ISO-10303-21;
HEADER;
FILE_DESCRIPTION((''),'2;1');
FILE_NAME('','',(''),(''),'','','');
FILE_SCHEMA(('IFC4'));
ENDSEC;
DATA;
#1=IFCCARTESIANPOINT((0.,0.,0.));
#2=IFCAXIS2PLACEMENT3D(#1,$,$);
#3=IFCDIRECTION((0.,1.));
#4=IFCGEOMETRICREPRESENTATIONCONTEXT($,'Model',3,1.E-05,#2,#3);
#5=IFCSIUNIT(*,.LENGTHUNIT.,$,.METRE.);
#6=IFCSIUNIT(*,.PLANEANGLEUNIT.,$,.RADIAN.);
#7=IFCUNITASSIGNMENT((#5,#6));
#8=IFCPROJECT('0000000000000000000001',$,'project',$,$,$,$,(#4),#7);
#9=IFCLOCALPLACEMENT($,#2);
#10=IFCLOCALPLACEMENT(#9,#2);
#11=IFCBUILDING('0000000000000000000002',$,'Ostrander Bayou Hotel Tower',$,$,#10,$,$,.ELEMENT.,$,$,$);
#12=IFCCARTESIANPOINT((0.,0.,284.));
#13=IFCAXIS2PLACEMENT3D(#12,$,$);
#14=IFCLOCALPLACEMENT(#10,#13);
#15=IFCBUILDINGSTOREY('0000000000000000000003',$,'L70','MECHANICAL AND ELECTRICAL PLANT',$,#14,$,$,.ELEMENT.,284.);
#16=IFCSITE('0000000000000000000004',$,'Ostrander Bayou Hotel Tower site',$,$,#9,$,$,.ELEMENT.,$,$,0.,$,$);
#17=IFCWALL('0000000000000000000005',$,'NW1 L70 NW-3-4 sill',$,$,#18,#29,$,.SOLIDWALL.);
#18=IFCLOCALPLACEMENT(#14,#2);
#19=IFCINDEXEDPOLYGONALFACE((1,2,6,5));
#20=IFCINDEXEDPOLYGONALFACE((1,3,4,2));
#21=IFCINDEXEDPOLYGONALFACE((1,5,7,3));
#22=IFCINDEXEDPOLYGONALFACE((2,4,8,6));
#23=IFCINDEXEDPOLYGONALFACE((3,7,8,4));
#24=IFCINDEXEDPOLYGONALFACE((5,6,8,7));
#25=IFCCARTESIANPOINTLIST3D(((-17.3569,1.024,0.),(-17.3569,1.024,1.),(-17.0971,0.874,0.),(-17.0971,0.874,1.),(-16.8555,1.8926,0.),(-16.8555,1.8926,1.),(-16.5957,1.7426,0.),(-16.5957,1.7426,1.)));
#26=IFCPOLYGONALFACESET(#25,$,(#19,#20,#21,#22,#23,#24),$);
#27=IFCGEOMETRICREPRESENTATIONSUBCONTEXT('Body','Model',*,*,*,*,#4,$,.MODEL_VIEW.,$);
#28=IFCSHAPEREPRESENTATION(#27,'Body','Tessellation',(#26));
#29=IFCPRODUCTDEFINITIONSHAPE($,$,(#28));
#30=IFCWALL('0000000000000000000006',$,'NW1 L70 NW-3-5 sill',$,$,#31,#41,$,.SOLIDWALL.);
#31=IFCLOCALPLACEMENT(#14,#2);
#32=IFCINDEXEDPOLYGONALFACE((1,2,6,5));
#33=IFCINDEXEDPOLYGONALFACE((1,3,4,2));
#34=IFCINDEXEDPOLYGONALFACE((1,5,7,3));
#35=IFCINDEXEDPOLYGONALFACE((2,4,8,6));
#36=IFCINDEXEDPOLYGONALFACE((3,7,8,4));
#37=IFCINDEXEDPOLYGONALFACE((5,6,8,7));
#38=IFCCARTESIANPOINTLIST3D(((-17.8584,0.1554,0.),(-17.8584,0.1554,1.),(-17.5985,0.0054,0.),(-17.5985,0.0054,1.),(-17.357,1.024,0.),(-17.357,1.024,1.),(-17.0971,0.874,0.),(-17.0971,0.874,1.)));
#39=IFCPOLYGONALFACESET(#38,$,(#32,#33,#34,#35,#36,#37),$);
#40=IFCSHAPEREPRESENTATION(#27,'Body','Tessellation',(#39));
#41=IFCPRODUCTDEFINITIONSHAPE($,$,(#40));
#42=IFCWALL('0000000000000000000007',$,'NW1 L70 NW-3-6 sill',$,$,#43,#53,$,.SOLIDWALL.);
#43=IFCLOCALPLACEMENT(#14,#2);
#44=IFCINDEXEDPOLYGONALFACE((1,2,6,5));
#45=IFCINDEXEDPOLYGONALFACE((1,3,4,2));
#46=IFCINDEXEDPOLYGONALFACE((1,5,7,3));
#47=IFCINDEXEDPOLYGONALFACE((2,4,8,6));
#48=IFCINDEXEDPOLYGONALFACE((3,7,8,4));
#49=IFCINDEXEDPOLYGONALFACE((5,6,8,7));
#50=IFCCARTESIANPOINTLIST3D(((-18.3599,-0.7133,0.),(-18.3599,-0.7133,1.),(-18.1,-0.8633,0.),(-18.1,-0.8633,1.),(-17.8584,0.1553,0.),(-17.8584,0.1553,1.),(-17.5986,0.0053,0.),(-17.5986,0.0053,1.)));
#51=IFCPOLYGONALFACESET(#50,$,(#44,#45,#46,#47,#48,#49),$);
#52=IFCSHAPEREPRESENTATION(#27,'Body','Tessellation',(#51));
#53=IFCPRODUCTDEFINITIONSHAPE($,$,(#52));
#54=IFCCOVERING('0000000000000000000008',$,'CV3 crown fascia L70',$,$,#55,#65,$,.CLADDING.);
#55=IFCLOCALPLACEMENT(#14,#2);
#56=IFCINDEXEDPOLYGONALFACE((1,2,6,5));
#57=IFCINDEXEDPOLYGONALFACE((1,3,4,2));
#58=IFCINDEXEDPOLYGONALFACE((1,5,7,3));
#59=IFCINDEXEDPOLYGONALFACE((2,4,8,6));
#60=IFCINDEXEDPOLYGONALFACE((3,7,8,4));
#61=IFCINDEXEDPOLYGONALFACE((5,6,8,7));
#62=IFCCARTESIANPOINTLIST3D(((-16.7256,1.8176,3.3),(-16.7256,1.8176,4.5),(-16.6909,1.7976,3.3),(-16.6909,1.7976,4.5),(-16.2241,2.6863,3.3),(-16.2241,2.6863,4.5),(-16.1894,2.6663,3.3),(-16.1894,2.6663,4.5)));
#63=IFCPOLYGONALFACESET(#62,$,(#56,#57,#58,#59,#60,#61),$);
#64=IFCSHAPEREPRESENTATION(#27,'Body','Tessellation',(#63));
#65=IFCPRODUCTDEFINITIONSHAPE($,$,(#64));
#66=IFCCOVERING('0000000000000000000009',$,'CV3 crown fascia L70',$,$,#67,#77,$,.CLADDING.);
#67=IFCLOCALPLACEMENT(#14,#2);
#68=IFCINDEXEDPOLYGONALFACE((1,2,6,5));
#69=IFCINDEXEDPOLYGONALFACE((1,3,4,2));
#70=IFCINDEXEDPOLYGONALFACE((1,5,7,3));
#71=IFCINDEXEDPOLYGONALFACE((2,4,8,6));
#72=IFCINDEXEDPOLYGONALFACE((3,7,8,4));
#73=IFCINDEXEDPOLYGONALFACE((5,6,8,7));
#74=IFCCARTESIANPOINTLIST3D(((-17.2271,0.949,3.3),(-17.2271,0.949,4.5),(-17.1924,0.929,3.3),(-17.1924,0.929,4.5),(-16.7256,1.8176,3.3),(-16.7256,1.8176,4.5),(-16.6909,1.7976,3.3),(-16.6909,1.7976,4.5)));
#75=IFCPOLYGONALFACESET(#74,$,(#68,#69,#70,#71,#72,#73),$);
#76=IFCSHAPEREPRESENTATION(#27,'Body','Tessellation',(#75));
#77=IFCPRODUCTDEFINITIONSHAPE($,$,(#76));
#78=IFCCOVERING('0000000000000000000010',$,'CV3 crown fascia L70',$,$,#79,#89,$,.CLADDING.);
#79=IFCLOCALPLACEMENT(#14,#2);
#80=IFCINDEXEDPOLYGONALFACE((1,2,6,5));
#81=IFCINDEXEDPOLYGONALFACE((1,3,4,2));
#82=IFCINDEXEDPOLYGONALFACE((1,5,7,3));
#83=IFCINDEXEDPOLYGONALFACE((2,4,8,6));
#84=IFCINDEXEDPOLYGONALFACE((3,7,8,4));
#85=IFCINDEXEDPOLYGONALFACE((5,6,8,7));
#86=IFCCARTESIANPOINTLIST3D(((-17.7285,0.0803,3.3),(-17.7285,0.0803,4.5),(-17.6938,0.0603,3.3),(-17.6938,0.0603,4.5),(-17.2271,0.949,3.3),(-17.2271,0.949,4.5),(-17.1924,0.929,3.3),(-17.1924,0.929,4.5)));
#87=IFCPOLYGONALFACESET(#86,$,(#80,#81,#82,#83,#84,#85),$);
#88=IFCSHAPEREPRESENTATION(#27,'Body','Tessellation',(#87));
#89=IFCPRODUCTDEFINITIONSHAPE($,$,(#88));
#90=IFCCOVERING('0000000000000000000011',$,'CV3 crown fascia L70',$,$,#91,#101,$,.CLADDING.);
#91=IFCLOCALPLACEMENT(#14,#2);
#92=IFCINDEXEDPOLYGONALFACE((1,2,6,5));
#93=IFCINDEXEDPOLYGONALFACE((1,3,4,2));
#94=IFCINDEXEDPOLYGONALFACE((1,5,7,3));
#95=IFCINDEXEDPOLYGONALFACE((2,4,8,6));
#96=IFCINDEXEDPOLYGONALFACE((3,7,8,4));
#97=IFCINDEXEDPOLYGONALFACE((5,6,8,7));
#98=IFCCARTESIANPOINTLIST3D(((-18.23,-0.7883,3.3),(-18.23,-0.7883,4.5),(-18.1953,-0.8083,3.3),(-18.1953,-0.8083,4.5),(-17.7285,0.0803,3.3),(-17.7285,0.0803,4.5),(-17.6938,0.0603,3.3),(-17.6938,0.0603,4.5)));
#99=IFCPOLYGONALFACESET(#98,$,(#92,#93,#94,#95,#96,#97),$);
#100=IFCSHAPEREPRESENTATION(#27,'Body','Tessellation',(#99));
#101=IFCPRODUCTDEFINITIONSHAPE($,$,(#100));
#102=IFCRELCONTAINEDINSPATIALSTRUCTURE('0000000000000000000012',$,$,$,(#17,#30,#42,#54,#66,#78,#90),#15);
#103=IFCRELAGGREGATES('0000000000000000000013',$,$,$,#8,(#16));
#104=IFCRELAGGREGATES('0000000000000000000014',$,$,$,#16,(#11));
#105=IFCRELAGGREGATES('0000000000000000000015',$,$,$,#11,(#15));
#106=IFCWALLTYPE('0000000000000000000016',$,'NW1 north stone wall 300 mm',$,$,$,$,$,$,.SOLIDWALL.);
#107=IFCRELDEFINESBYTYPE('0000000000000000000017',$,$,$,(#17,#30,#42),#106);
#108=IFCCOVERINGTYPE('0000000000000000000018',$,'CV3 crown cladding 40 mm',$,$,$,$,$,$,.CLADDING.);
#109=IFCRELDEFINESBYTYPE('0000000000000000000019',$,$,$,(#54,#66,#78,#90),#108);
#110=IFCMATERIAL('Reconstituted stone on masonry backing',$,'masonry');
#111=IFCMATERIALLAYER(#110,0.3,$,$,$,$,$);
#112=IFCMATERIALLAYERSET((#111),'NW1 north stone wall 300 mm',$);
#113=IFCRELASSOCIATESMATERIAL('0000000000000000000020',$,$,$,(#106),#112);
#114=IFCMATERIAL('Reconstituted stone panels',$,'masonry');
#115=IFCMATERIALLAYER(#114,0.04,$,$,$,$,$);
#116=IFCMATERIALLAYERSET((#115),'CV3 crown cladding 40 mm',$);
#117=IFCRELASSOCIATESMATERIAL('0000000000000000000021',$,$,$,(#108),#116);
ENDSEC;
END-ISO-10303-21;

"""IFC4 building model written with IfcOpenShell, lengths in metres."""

from ifc_helpers import new_model, si_unit, direction, frame, frame_2d, origin, place, context, subcontext, project, spatial, polyline, rectangle, outline, extrude, material, layer, layer_set, type_object, element, save


model = new_model("IFC4")

# Units and contexts
model_context = context("Model", 3, precision=1e-05, world=origin(), true_north=direction((0.0, 1.0)))
body_context = subcontext(model_context, "Body", "Model", "MODEL_VIEW")
ifc_project = project(units=[si_unit("LENGTHUNIT", "METRE"), si_unit("PLANEANGLEUNIT", "RADIAN")], contexts=[model_context])

# Site, building, storey
site_placement = place(None, origin())
site = spatial("IfcSite", under=ifc_project, at=site_placement, Name="Ostrander Bayou Hotel Tower site", CompositionType="ELEMENT", RefElevation=0.0)
building_placement = place(site_placement, origin())
building = spatial("IfcBuilding", under=site, at=building_placement, Name="Ostrander Bayou Hotel Tower", CompositionType="ELEMENT")
storey_placement = place(building_placement, frame((0.0, 0.0, 284.0)))
storey = spatial("IfcBuildingStorey", under=building, at=storey_placement, Name="L70", Description="MECHANICAL AND ELECTRICAL PLANT", CompositionType="ELEMENT", Elevation=284.0)

# Walls
ifc_material_1 = material(Name="Reconstituted stone on masonry backing", Category="masonry")
ifc_layer_1 = layer(ifc_material_1, 0.3)
ifc_layer_set_1 = layer_set([ifc_layer_1], Name="NW1 north stone wall 300 mm")
wall_type = type_object("IfcWallType", Name="NW1 north stone wall 300 mm", PredefinedType="SOLIDWALL", material=ifc_layer_set_1)
for number, where, z_axis, x_axis, name in (
    (1, (-16.7256, 1.8176, 0.0), (0.0, 0.0, 1.0), (-0.499961, -0.866048, 0.0), "NW1 L70 NW-3-4 sill"),
    (2, (-17.2271, 0.949, 0.0), (0.0, 0.0, 1.0), (-0.499961, -0.866048, 0.0), "NW1 L70 NW-3-5 sill"),
    (3, (-17.7285, 0.0803, 0.0), (0.0, 0.0, 1.0), (-0.499961, -0.866048, 0.0), "NW1 L70 NW-3-6 sill"),
):
    element("IfcWall", number, at=place(storey_placement, frame(where, z_axis=z_axis, x_axis=x_axis)), inside=storey, type_object=wall_type, Name=name, PredefinedType="SOLIDWALL", context=body_context, shape_type="SweptSolid", body=[
        extrude(rectangle(XDim=1.0029, YDim=0.3, at=frame_2d((0.5015, 0.0))), origin(), (0.0, 0.0, 1.0), 1.0),
    ])

# Coverings
ifc_material_2 = material(Name="Reconstituted stone panels", Category="masonry")
ifc_layer_2 = layer(ifc_material_2, 0.04)
ifc_layer_set_2 = layer_set([ifc_layer_2], Name="CV3 crown cladding 40 mm")
covering_type = type_object("IfcCoveringType", Name="CV3 crown cladding 40 mm", PredefinedType="CLADDING", material=ifc_layer_set_2)
for number, where, z_axis, x_axis, name in (
    (4, (-16.2241, 2.6863, 3.3), (-0.866048, 0.499961, 0.0), (-0.499961, -0.866048, 0.0), "CV3 crown fascia L70"),
    (5, (-16.7256, 1.8176, 3.3), (-0.866048, 0.499961, 0.0), (-0.499961, -0.866048, 0.0), "CV3 crown fascia L70"),
    (6, (-17.2271, 0.949, 3.3), (-0.866048, 0.499961, 0.0), (-0.499961, -0.866048, 0.0), "CV3 crown fascia L70"),
    (7, (-17.7285, 0.0803, 3.3), (-0.866048, 0.499961, 0.0), (-0.499961, -0.866048, 0.0), "CV3 crown fascia L70"),
):
    element("IfcCovering", number, at=place(storey_placement, frame(where, z_axis=z_axis, x_axis=x_axis)), inside=storey, type_object=covering_type, Name=name, PredefinedType="CLADDING", context=body_context, shape_type="SweptSolid", body=[
        extrude(outline(polyline([(0.0, 0.0), (1.003, 0.0), (1.003, 1.2), (0.0, 1.2), (0.0, 0.0)])), origin(), (0.0, 0.0, -1.0), 0.04),
    ])

save(model, "model.ifc")
